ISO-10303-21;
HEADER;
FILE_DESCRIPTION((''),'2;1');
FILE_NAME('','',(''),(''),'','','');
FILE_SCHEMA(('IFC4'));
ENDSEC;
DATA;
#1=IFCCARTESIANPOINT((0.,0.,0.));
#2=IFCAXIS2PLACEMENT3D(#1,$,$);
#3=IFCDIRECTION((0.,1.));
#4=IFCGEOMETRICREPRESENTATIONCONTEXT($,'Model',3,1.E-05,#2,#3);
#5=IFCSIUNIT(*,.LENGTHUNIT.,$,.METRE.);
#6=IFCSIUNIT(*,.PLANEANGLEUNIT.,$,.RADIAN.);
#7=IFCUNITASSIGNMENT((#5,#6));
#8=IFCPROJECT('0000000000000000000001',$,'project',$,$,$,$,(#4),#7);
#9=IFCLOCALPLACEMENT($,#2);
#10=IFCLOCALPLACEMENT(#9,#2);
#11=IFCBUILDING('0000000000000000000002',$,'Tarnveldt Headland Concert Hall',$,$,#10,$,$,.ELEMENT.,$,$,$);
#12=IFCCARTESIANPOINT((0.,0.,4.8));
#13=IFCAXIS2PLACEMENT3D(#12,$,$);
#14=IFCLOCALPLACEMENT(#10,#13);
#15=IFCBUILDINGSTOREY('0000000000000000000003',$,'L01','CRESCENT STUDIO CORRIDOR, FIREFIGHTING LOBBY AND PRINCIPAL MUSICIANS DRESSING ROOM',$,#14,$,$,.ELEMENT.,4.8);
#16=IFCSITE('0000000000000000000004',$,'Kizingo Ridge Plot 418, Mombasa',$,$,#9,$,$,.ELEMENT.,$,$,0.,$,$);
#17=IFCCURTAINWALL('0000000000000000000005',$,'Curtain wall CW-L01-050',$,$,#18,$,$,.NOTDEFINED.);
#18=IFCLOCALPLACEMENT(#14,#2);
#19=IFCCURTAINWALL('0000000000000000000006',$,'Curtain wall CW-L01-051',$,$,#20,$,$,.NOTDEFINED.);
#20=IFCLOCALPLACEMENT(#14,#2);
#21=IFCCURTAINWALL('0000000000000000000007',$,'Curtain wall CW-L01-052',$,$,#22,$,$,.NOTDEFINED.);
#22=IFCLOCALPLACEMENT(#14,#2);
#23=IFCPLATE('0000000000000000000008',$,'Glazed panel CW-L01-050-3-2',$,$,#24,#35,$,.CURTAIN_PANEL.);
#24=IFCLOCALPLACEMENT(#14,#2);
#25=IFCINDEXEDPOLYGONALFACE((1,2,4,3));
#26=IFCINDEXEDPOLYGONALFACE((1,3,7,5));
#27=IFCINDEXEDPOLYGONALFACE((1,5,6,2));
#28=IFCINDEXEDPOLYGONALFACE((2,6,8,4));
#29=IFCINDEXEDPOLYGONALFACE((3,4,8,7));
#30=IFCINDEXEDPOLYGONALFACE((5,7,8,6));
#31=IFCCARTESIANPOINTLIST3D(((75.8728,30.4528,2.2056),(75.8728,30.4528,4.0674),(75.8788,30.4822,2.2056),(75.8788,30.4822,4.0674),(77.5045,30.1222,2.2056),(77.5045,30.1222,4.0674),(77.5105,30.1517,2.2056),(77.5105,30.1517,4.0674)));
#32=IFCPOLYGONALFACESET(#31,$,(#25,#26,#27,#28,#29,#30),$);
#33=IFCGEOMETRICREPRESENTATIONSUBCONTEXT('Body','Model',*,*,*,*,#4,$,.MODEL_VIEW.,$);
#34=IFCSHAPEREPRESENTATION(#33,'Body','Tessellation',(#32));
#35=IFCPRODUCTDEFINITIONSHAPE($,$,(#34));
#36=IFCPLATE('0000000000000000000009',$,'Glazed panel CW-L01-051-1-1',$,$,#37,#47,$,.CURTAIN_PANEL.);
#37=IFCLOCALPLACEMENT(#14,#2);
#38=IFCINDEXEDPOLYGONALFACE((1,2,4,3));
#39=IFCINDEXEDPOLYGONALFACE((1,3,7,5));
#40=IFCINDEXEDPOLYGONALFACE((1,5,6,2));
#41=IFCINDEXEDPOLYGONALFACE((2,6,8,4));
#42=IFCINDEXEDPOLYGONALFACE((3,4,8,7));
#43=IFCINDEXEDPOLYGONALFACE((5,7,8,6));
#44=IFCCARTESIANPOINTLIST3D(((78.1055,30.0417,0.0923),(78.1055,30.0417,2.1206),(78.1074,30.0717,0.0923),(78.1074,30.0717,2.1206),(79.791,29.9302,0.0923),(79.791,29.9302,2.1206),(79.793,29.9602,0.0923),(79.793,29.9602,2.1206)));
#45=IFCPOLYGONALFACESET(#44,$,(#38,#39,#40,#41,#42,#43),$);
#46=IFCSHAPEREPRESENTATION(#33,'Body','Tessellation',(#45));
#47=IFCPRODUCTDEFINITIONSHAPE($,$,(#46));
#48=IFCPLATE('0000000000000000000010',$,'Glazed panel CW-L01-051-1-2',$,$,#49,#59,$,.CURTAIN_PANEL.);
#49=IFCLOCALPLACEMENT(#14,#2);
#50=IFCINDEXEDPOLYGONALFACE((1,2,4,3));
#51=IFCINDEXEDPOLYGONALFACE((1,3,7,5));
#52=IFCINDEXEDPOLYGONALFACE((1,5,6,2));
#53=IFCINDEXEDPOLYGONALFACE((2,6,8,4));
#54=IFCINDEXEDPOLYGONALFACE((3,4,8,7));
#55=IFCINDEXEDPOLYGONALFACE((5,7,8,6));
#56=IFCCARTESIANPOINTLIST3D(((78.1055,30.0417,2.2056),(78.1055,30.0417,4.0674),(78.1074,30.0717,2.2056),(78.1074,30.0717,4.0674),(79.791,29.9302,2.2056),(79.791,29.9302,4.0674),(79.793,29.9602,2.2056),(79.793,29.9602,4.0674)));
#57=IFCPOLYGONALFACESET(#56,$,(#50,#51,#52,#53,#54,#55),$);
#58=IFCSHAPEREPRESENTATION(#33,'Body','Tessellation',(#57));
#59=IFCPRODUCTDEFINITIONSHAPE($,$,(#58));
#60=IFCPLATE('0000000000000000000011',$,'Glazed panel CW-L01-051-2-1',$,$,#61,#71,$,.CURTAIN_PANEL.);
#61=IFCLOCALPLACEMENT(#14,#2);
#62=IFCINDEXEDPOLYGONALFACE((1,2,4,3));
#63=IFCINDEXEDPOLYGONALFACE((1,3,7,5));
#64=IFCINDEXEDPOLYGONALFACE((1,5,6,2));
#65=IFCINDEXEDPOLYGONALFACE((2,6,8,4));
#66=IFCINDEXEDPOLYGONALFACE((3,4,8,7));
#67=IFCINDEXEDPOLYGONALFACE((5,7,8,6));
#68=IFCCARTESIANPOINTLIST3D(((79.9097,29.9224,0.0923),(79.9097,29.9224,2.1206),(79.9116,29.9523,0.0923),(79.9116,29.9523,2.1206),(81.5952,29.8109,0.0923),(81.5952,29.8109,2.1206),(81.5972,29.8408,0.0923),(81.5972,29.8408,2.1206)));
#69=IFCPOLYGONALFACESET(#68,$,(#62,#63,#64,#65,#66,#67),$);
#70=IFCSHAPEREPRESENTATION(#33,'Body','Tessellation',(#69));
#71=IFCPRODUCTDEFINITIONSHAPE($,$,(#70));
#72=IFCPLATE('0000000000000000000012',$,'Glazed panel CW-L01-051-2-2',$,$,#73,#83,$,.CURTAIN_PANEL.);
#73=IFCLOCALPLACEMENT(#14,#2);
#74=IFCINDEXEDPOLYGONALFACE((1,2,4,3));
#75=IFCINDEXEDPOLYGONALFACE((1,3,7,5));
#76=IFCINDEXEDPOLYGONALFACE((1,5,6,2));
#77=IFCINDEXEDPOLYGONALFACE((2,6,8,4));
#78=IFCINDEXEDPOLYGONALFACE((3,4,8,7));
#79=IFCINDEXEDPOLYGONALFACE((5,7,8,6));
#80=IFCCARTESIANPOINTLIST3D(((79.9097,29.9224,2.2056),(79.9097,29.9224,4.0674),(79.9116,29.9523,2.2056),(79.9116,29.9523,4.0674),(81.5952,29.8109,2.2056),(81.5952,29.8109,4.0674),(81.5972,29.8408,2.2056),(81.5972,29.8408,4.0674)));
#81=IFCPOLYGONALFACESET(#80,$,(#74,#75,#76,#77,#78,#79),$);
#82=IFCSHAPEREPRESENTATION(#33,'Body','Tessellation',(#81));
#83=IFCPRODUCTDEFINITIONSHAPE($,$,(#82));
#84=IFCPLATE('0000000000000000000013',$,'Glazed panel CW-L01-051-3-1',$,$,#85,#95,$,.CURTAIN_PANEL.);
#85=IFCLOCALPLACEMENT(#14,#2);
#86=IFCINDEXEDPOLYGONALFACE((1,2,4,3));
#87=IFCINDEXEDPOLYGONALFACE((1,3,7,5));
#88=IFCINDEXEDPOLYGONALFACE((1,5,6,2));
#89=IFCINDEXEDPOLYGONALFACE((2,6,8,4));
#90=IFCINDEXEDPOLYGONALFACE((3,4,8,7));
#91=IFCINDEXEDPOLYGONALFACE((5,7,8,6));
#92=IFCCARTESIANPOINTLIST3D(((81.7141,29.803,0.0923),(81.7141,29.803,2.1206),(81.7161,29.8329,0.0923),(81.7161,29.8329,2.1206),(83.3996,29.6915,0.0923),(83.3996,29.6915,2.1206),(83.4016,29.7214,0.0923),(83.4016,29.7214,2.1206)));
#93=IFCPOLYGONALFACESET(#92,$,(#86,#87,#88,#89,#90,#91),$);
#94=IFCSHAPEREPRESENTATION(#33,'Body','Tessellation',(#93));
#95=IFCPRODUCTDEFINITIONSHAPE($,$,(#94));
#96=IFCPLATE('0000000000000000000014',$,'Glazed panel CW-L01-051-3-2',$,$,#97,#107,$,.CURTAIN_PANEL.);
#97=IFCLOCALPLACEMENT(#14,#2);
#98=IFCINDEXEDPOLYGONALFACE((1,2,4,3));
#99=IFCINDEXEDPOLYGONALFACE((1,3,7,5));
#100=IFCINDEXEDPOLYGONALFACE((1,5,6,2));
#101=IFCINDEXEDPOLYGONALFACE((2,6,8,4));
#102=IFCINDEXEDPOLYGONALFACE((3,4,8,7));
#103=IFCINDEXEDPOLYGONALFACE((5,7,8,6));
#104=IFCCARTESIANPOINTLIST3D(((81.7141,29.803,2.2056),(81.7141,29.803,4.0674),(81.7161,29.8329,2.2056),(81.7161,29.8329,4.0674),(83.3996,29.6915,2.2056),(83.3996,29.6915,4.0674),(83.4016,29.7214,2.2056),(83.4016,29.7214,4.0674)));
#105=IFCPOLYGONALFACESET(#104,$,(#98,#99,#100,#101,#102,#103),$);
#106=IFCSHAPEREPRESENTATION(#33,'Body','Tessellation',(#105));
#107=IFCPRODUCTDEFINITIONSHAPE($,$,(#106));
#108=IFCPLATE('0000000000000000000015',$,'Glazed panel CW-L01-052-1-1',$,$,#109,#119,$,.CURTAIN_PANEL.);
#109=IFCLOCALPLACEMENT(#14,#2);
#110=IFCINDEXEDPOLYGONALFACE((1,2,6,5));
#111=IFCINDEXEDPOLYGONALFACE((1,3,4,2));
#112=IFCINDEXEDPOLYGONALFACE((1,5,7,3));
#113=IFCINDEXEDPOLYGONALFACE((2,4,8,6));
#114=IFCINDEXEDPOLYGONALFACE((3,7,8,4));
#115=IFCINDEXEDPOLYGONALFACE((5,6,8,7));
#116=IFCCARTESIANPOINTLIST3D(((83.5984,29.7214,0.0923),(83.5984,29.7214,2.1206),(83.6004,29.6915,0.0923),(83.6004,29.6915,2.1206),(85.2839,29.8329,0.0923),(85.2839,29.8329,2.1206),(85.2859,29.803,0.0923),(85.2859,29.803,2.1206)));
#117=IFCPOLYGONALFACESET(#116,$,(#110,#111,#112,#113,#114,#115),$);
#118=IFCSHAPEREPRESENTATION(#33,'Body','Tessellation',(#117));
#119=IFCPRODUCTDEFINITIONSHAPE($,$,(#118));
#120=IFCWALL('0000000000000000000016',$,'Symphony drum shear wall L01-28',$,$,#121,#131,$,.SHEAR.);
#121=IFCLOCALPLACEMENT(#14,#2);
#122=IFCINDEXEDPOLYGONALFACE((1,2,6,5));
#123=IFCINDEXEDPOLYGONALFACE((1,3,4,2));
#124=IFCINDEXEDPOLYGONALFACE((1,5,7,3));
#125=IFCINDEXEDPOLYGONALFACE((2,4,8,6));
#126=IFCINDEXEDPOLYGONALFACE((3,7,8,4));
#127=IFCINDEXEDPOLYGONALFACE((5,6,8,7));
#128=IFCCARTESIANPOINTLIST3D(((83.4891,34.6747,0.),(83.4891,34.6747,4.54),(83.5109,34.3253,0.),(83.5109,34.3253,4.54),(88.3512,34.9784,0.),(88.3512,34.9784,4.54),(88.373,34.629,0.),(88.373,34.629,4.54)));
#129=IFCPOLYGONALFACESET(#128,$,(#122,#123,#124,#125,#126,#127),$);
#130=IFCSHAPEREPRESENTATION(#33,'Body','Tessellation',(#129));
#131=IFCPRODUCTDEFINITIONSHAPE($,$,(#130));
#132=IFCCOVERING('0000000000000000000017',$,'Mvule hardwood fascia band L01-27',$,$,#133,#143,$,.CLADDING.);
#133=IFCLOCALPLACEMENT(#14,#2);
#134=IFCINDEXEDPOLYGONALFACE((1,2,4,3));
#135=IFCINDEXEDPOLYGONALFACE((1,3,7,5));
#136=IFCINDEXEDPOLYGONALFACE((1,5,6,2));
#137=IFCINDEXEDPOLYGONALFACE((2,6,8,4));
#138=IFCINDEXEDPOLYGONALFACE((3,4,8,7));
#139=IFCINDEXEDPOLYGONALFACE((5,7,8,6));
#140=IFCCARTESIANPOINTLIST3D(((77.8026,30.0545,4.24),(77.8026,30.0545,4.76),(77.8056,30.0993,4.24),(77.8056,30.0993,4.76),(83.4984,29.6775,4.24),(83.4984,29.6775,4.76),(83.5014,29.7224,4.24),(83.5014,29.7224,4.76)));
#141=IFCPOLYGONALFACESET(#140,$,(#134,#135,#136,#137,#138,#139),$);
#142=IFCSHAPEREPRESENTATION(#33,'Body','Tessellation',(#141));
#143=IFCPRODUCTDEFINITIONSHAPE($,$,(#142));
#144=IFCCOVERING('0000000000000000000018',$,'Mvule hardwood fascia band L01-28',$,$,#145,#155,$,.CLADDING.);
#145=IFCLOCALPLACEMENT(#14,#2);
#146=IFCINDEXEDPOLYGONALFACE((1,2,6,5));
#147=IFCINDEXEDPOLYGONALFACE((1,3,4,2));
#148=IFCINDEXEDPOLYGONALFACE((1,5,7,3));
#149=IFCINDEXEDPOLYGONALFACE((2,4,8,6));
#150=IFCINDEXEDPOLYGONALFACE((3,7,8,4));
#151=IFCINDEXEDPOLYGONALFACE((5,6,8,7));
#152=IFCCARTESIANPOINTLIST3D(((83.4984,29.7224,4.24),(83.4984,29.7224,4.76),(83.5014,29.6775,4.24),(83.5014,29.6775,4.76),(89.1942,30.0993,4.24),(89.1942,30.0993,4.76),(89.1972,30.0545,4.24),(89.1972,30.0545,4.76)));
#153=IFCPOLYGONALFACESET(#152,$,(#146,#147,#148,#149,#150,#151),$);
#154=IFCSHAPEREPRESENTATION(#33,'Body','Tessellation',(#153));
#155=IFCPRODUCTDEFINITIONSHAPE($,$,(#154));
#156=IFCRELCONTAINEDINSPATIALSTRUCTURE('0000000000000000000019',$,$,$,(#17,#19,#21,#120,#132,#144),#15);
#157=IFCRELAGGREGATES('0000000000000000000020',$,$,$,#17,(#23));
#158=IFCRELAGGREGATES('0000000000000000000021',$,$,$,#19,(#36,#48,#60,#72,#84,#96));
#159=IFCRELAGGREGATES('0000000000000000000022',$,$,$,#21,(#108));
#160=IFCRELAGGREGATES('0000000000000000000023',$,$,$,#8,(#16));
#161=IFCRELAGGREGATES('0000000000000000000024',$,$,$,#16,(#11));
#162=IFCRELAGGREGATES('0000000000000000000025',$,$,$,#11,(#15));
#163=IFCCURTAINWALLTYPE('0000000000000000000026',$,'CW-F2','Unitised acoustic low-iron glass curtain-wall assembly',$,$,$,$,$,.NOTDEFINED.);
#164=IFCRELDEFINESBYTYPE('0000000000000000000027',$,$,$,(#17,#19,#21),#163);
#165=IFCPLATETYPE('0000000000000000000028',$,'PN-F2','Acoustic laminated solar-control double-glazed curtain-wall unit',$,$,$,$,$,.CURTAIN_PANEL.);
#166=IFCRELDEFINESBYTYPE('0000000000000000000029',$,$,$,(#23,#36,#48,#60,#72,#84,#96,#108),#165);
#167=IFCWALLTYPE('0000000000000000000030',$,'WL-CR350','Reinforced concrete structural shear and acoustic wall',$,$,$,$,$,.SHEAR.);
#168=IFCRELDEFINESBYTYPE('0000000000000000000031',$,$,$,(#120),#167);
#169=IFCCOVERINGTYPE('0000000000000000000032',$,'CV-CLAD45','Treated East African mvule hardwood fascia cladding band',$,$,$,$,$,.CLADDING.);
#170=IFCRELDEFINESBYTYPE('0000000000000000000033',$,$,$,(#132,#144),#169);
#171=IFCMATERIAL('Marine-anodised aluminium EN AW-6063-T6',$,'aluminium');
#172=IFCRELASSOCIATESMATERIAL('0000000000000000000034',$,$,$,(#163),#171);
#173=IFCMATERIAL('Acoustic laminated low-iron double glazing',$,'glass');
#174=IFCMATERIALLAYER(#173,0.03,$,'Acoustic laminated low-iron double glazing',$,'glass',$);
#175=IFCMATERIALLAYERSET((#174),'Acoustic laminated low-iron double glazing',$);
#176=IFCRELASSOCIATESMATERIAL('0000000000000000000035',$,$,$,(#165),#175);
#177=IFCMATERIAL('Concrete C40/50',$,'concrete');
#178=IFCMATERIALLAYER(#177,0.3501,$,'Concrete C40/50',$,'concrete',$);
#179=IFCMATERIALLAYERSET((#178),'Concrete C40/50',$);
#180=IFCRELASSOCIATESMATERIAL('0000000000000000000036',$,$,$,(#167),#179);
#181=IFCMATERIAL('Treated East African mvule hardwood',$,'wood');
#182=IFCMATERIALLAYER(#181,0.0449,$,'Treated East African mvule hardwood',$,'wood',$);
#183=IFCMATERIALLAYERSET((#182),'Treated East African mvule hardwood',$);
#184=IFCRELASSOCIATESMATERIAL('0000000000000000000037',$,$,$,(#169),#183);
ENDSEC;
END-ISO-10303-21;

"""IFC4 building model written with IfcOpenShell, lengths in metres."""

from ifc_helpers import new_model, si_unit, direction, frame, frame_2d, origin, origin_2d, place, context, subcontext, project, spatial, rectangle, extrude, material, layer, layer_set, type_object, element, aggregate, save


model = new_model("IFC4")

# Units and contexts
model_context = context("Model", 3, precision=1e-05, world=origin(), true_north=direction((0.0, 1.0)))
body_context = subcontext(model_context, "Body", "Model", "MODEL_VIEW")
ifc_project = project(units=[si_unit("LENGTHUNIT", "METRE"), si_unit("PLANEANGLEUNIT", "RADIAN")], contexts=[model_context])

# Site, building, storey
site_placement = place(None, origin())
site = spatial("IfcSite", under=ifc_project, at=site_placement, Name="Kizingo Ridge Plot 418, Mombasa", CompositionType="ELEMENT", RefElevation=0.0)
building_placement = place(site_placement, origin())
building = spatial("IfcBuilding", under=site, at=building_placement, Name="Tarnveldt Headland Concert Hall", CompositionType="ELEMENT")
storey_placement = place(building_placement, frame((0.0, 0.0, 4.8)))
storey = spatial("IfcBuildingStorey", under=building, at=storey_placement, Name="L01", Description="CRESCENT STUDIO CORRIDOR, FIREFIGHTING LOBBY AND PRINCIPAL MUSICIANS DRESSING ROOM", CompositionType="ELEMENT", Elevation=4.8)

# Curtain wall
ifc_material_1 = material(Name="Marine-anodised aluminium EN AW-6063-T6", Category="aluminium")
curtain_wall_type = type_object("IfcCurtainWallType", Name="CW-F2", Description="Unitised acoustic low-iron glass curtain-wall assembly", PredefinedType="NOTDEFINED", material=ifc_material_1)
curtain_wall_1_placement = place(storey_placement, origin())
curtain_wall_1 = element("IfcCurtainWall", 1, at=curtain_wall_1_placement, inside=storey, type_object=curtain_wall_type, Name="Curtain wall CW-L01-050", PredefinedType="NOTDEFINED")

# Curtain wall
curtain_wall_2_placement = place(storey_placement, origin())
curtain_wall_2 = element("IfcCurtainWall", 2, at=curtain_wall_2_placement, inside=storey, type_object=curtain_wall_type, Name="Curtain wall CW-L01-051", PredefinedType="NOTDEFINED")

# Curtain wall
curtain_wall_3_placement = place(storey_placement, origin())
curtain_wall_3 = element("IfcCurtainWall", 3, at=curtain_wall_3_placement, inside=storey, type_object=curtain_wall_type, Name="Curtain wall CW-L01-052", PredefinedType="NOTDEFINED")

# Plates
ifc_material_2 = material(Name="Acoustic laminated low-iron double glazing", Category="glass")
ifc_layer_1 = layer(ifc_material_2, 0.03, Name="Acoustic laminated low-iron double glazing", Category="glass")
ifc_layer_set_1 = layer_set([ifc_layer_1], Name="Acoustic laminated low-iron double glazing")
plate_type = type_object("IfcPlateType", Name="PN-F2", Description="Acoustic laminated solar-control double-glazed curtain-wall unit", PredefinedType="CURTAIN_PANEL", material=ifc_layer_set_1)
plate_1_placement = place(storey_placement, frame((76.6917, 30.3022, 2.2056), z_axis=(0.0, 0.0, 1.0), x_axis=(0.980088, -0.198564, 0.0)))
plate_1 = element("IfcPlate", 4, at=plate_1_placement, type_object=plate_type, Name="Glazed panel CW-L01-050-3-2", PredefinedType="CURTAIN_PANEL", context=body_context, shape_type="SweptSolid", body=[
    extrude(rectangle(XDim=1.6648, YDim=0.03, at=origin_2d()), origin(), (0.0, 0.0, 1.0), 1.8618),
])
aggregate(curtain_wall_1, [plate_1])
plate_2_placement = place(storey_placement, frame((78.9492, 30.001, 0.0923), z_axis=(0.0, 0.0, 1.0), x_axis=(0.997819, -0.066013, 0.0)))
plate_2 = element("IfcPlate", 5, at=plate_2_placement, type_object=plate_type, Name="Glazed panel CW-L01-051-1-1", PredefinedType="CURTAIN_PANEL", context=body_context, shape_type="SweptSolid", body=[
    extrude(rectangle(XDim=1.6892, YDim=0.03, at=origin_2d()), origin(), (0.0, 0.0, 1.0), 2.0283),
])
plate_3_placement = place(storey_placement, frame((78.9492, 30.001, 2.2056), z_axis=(0.0, 0.0, 1.0), x_axis=(0.997819, -0.066013, 0.0)))
plate_3 = element("IfcPlate", 6, at=plate_3_placement, type_object=plate_type, Name="Glazed panel CW-L01-051-1-2", PredefinedType="CURTAIN_PANEL", context=body_context, shape_type="SweptSolid", body=[
    extrude(rectangle(XDim=1.6892, YDim=0.03, at=origin_2d()), origin(), (0.0, 0.0, 1.0), 1.8618),
])
plate_4_placement = place(storey_placement, frame((80.7534, 29.8816, 0.0923), z_axis=(0.0, 0.0, 1.0), x_axis=(0.997819, -0.066013, 0.0)))
plate_4 = element("IfcPlate", 7, at=plate_4_placement, type_object=plate_type, Name="Glazed panel CW-L01-051-2-1", PredefinedType="CURTAIN_PANEL", context=body_context, shape_type="SweptSolid", body=[
    extrude(rectangle(XDim=1.6892, YDim=0.03, at=origin_2d()), origin(), (0.0, 0.0, 1.0), 2.0283),
])
plate_5_placement = place(storey_placement, frame((80.7534, 29.8816, 2.2056), z_axis=(0.0, 0.0, 1.0), x_axis=(0.997819, -0.066013, 0.0)))
plate_5 = element("IfcPlate", 8, at=plate_5_placement, type_object=plate_type, Name="Glazed panel CW-L01-051-2-2", PredefinedType="CURTAIN_PANEL", context=body_context, shape_type="SweptSolid", body=[
    extrude(rectangle(XDim=1.6892, YDim=0.03, at=origin_2d()), origin(), (0.0, 0.0, 1.0), 1.8618),
])
plate_6_placement = place(storey_placement, frame((82.5579, 29.7622, 0.0923), z_axis=(0.0, 0.0, 1.0), x_axis=(0.997819, -0.066013, 0.0)))
plate_6 = element("IfcPlate", 9, at=plate_6_placement, type_object=plate_type, Name="Glazed panel CW-L01-051-3-1", PredefinedType="CURTAIN_PANEL", context=body_context, shape_type="SweptSolid", body=[
    extrude(rectangle(XDim=1.6892, YDim=0.03, at=origin_2d()), origin(), (0.0, 0.0, 1.0), 2.0283),
])
plate_7_placement = place(storey_placement, frame((82.5579, 29.7622, 2.2056), z_axis=(0.0, 0.0, 1.0), x_axis=(0.997819, -0.066013, 0.0)))
plate_7 = element("IfcPlate", 10, at=plate_7_placement, type_object=plate_type, Name="Glazed panel CW-L01-051-3-2", PredefinedType="CURTAIN_PANEL", context=body_context, shape_type="SweptSolid", body=[
    extrude(rectangle(XDim=1.6892, YDim=0.03, at=origin_2d()), origin(), (0.0, 0.0, 1.0), 1.8618),
])
aggregate(curtain_wall_2, [plate_2, plate_3, plate_4, plate_5, plate_6, plate_7])
plate_8_placement = place(storey_placement, frame((84.4421, 29.7622, 0.0923), z_axis=(0.0, 0.0, 1.0), x_axis=(0.997819, 0.066013, 0.0)))
plate_8 = element("IfcPlate", 11, at=plate_8_placement, type_object=plate_type, Name="Glazed panel CW-L01-052-1-1", PredefinedType="CURTAIN_PANEL", context=body_context, shape_type="SweptSolid", body=[
    extrude(rectangle(XDim=1.6892, YDim=0.03, at=origin_2d()), origin(), (0.0, 0.0, 1.0), 2.0283),
])
aggregate(curtain_wall_3, [plate_8])

# Wall
ifc_material_3 = material(Name="Concrete C40/50", Category="concrete")
ifc_layer_2 = layer(ifc_material_3, 0.3501, Name="Concrete C40/50", Category="concrete")
ifc_layer_set_2 = layer_set([ifc_layer_2], Name="Concrete C40/50")
wall_type = type_object("IfcWallType", Name="WL-CR350", Description="Reinforced concrete structural shear and acoustic wall", PredefinedType="SHEAR", material=ifc_layer_set_2)
wall_placement = place(storey_placement, frame((83.5, 34.5, 0.0), z_axis=(0.0, 0.0, 1.0), x_axis=(0.998055, 0.062344, 0.0)))
element("IfcWall", 12, at=wall_placement, inside=storey, type_object=wall_type, Name="Symphony drum shear wall L01-28", PredefinedType="SHEAR", context=body_context, shape_type="SweptSolid", body=[
    extrude(rectangle(XDim=4.8716, YDim=0.3501, at=frame_2d((2.4358, 0.0))), origin(), (0.0, 0.0, 1.0), 4.54),
])

# Coverings
ifc_material_4 = material(Name="Treated East African mvule hardwood", Category="wood")
ifc_layer_3 = layer(ifc_material_4, 0.0449, Name="Treated East African mvule hardwood", Category="wood")
ifc_layer_set_3 = layer_set([ifc_layer_3], Name="Treated East African mvule hardwood")
covering_type = type_object("IfcCoveringType", Name="CV-CLAD45", Description="Treated East African mvule hardwood fascia cladding band", PredefinedType="CLADDING", material=ifc_layer_set_3)
for number, where, z_axis, x_axis, name in (
    (13, (77.8042, 30.0769, 4.24), (0.0, 0.0, 1.0), (0.997817, -0.066036, 0.0), "Mvule hardwood fascia band L01-27"),
    (14, (83.5, 29.7, 4.24), (0.0, 0.0, 1.0), (0.997817, 0.066036, 0.0), "Mvule hardwood fascia band L01-28"),
):
    element("IfcCovering", number, at=place(storey_placement, frame(where, z_axis=z_axis, x_axis=x_axis)), inside=storey, type_object=covering_type, Name=name, PredefinedType="CLADDING", context=body_context, shape_type="SweptSolid", body=[
        extrude(rectangle(XDim=5.7083, YDim=0.0449, at=frame_2d((2.854, 0.0))), origin(), (0.0, 0.0, 1.0), 0.52),
    ])

save(model, "model.ifc")
